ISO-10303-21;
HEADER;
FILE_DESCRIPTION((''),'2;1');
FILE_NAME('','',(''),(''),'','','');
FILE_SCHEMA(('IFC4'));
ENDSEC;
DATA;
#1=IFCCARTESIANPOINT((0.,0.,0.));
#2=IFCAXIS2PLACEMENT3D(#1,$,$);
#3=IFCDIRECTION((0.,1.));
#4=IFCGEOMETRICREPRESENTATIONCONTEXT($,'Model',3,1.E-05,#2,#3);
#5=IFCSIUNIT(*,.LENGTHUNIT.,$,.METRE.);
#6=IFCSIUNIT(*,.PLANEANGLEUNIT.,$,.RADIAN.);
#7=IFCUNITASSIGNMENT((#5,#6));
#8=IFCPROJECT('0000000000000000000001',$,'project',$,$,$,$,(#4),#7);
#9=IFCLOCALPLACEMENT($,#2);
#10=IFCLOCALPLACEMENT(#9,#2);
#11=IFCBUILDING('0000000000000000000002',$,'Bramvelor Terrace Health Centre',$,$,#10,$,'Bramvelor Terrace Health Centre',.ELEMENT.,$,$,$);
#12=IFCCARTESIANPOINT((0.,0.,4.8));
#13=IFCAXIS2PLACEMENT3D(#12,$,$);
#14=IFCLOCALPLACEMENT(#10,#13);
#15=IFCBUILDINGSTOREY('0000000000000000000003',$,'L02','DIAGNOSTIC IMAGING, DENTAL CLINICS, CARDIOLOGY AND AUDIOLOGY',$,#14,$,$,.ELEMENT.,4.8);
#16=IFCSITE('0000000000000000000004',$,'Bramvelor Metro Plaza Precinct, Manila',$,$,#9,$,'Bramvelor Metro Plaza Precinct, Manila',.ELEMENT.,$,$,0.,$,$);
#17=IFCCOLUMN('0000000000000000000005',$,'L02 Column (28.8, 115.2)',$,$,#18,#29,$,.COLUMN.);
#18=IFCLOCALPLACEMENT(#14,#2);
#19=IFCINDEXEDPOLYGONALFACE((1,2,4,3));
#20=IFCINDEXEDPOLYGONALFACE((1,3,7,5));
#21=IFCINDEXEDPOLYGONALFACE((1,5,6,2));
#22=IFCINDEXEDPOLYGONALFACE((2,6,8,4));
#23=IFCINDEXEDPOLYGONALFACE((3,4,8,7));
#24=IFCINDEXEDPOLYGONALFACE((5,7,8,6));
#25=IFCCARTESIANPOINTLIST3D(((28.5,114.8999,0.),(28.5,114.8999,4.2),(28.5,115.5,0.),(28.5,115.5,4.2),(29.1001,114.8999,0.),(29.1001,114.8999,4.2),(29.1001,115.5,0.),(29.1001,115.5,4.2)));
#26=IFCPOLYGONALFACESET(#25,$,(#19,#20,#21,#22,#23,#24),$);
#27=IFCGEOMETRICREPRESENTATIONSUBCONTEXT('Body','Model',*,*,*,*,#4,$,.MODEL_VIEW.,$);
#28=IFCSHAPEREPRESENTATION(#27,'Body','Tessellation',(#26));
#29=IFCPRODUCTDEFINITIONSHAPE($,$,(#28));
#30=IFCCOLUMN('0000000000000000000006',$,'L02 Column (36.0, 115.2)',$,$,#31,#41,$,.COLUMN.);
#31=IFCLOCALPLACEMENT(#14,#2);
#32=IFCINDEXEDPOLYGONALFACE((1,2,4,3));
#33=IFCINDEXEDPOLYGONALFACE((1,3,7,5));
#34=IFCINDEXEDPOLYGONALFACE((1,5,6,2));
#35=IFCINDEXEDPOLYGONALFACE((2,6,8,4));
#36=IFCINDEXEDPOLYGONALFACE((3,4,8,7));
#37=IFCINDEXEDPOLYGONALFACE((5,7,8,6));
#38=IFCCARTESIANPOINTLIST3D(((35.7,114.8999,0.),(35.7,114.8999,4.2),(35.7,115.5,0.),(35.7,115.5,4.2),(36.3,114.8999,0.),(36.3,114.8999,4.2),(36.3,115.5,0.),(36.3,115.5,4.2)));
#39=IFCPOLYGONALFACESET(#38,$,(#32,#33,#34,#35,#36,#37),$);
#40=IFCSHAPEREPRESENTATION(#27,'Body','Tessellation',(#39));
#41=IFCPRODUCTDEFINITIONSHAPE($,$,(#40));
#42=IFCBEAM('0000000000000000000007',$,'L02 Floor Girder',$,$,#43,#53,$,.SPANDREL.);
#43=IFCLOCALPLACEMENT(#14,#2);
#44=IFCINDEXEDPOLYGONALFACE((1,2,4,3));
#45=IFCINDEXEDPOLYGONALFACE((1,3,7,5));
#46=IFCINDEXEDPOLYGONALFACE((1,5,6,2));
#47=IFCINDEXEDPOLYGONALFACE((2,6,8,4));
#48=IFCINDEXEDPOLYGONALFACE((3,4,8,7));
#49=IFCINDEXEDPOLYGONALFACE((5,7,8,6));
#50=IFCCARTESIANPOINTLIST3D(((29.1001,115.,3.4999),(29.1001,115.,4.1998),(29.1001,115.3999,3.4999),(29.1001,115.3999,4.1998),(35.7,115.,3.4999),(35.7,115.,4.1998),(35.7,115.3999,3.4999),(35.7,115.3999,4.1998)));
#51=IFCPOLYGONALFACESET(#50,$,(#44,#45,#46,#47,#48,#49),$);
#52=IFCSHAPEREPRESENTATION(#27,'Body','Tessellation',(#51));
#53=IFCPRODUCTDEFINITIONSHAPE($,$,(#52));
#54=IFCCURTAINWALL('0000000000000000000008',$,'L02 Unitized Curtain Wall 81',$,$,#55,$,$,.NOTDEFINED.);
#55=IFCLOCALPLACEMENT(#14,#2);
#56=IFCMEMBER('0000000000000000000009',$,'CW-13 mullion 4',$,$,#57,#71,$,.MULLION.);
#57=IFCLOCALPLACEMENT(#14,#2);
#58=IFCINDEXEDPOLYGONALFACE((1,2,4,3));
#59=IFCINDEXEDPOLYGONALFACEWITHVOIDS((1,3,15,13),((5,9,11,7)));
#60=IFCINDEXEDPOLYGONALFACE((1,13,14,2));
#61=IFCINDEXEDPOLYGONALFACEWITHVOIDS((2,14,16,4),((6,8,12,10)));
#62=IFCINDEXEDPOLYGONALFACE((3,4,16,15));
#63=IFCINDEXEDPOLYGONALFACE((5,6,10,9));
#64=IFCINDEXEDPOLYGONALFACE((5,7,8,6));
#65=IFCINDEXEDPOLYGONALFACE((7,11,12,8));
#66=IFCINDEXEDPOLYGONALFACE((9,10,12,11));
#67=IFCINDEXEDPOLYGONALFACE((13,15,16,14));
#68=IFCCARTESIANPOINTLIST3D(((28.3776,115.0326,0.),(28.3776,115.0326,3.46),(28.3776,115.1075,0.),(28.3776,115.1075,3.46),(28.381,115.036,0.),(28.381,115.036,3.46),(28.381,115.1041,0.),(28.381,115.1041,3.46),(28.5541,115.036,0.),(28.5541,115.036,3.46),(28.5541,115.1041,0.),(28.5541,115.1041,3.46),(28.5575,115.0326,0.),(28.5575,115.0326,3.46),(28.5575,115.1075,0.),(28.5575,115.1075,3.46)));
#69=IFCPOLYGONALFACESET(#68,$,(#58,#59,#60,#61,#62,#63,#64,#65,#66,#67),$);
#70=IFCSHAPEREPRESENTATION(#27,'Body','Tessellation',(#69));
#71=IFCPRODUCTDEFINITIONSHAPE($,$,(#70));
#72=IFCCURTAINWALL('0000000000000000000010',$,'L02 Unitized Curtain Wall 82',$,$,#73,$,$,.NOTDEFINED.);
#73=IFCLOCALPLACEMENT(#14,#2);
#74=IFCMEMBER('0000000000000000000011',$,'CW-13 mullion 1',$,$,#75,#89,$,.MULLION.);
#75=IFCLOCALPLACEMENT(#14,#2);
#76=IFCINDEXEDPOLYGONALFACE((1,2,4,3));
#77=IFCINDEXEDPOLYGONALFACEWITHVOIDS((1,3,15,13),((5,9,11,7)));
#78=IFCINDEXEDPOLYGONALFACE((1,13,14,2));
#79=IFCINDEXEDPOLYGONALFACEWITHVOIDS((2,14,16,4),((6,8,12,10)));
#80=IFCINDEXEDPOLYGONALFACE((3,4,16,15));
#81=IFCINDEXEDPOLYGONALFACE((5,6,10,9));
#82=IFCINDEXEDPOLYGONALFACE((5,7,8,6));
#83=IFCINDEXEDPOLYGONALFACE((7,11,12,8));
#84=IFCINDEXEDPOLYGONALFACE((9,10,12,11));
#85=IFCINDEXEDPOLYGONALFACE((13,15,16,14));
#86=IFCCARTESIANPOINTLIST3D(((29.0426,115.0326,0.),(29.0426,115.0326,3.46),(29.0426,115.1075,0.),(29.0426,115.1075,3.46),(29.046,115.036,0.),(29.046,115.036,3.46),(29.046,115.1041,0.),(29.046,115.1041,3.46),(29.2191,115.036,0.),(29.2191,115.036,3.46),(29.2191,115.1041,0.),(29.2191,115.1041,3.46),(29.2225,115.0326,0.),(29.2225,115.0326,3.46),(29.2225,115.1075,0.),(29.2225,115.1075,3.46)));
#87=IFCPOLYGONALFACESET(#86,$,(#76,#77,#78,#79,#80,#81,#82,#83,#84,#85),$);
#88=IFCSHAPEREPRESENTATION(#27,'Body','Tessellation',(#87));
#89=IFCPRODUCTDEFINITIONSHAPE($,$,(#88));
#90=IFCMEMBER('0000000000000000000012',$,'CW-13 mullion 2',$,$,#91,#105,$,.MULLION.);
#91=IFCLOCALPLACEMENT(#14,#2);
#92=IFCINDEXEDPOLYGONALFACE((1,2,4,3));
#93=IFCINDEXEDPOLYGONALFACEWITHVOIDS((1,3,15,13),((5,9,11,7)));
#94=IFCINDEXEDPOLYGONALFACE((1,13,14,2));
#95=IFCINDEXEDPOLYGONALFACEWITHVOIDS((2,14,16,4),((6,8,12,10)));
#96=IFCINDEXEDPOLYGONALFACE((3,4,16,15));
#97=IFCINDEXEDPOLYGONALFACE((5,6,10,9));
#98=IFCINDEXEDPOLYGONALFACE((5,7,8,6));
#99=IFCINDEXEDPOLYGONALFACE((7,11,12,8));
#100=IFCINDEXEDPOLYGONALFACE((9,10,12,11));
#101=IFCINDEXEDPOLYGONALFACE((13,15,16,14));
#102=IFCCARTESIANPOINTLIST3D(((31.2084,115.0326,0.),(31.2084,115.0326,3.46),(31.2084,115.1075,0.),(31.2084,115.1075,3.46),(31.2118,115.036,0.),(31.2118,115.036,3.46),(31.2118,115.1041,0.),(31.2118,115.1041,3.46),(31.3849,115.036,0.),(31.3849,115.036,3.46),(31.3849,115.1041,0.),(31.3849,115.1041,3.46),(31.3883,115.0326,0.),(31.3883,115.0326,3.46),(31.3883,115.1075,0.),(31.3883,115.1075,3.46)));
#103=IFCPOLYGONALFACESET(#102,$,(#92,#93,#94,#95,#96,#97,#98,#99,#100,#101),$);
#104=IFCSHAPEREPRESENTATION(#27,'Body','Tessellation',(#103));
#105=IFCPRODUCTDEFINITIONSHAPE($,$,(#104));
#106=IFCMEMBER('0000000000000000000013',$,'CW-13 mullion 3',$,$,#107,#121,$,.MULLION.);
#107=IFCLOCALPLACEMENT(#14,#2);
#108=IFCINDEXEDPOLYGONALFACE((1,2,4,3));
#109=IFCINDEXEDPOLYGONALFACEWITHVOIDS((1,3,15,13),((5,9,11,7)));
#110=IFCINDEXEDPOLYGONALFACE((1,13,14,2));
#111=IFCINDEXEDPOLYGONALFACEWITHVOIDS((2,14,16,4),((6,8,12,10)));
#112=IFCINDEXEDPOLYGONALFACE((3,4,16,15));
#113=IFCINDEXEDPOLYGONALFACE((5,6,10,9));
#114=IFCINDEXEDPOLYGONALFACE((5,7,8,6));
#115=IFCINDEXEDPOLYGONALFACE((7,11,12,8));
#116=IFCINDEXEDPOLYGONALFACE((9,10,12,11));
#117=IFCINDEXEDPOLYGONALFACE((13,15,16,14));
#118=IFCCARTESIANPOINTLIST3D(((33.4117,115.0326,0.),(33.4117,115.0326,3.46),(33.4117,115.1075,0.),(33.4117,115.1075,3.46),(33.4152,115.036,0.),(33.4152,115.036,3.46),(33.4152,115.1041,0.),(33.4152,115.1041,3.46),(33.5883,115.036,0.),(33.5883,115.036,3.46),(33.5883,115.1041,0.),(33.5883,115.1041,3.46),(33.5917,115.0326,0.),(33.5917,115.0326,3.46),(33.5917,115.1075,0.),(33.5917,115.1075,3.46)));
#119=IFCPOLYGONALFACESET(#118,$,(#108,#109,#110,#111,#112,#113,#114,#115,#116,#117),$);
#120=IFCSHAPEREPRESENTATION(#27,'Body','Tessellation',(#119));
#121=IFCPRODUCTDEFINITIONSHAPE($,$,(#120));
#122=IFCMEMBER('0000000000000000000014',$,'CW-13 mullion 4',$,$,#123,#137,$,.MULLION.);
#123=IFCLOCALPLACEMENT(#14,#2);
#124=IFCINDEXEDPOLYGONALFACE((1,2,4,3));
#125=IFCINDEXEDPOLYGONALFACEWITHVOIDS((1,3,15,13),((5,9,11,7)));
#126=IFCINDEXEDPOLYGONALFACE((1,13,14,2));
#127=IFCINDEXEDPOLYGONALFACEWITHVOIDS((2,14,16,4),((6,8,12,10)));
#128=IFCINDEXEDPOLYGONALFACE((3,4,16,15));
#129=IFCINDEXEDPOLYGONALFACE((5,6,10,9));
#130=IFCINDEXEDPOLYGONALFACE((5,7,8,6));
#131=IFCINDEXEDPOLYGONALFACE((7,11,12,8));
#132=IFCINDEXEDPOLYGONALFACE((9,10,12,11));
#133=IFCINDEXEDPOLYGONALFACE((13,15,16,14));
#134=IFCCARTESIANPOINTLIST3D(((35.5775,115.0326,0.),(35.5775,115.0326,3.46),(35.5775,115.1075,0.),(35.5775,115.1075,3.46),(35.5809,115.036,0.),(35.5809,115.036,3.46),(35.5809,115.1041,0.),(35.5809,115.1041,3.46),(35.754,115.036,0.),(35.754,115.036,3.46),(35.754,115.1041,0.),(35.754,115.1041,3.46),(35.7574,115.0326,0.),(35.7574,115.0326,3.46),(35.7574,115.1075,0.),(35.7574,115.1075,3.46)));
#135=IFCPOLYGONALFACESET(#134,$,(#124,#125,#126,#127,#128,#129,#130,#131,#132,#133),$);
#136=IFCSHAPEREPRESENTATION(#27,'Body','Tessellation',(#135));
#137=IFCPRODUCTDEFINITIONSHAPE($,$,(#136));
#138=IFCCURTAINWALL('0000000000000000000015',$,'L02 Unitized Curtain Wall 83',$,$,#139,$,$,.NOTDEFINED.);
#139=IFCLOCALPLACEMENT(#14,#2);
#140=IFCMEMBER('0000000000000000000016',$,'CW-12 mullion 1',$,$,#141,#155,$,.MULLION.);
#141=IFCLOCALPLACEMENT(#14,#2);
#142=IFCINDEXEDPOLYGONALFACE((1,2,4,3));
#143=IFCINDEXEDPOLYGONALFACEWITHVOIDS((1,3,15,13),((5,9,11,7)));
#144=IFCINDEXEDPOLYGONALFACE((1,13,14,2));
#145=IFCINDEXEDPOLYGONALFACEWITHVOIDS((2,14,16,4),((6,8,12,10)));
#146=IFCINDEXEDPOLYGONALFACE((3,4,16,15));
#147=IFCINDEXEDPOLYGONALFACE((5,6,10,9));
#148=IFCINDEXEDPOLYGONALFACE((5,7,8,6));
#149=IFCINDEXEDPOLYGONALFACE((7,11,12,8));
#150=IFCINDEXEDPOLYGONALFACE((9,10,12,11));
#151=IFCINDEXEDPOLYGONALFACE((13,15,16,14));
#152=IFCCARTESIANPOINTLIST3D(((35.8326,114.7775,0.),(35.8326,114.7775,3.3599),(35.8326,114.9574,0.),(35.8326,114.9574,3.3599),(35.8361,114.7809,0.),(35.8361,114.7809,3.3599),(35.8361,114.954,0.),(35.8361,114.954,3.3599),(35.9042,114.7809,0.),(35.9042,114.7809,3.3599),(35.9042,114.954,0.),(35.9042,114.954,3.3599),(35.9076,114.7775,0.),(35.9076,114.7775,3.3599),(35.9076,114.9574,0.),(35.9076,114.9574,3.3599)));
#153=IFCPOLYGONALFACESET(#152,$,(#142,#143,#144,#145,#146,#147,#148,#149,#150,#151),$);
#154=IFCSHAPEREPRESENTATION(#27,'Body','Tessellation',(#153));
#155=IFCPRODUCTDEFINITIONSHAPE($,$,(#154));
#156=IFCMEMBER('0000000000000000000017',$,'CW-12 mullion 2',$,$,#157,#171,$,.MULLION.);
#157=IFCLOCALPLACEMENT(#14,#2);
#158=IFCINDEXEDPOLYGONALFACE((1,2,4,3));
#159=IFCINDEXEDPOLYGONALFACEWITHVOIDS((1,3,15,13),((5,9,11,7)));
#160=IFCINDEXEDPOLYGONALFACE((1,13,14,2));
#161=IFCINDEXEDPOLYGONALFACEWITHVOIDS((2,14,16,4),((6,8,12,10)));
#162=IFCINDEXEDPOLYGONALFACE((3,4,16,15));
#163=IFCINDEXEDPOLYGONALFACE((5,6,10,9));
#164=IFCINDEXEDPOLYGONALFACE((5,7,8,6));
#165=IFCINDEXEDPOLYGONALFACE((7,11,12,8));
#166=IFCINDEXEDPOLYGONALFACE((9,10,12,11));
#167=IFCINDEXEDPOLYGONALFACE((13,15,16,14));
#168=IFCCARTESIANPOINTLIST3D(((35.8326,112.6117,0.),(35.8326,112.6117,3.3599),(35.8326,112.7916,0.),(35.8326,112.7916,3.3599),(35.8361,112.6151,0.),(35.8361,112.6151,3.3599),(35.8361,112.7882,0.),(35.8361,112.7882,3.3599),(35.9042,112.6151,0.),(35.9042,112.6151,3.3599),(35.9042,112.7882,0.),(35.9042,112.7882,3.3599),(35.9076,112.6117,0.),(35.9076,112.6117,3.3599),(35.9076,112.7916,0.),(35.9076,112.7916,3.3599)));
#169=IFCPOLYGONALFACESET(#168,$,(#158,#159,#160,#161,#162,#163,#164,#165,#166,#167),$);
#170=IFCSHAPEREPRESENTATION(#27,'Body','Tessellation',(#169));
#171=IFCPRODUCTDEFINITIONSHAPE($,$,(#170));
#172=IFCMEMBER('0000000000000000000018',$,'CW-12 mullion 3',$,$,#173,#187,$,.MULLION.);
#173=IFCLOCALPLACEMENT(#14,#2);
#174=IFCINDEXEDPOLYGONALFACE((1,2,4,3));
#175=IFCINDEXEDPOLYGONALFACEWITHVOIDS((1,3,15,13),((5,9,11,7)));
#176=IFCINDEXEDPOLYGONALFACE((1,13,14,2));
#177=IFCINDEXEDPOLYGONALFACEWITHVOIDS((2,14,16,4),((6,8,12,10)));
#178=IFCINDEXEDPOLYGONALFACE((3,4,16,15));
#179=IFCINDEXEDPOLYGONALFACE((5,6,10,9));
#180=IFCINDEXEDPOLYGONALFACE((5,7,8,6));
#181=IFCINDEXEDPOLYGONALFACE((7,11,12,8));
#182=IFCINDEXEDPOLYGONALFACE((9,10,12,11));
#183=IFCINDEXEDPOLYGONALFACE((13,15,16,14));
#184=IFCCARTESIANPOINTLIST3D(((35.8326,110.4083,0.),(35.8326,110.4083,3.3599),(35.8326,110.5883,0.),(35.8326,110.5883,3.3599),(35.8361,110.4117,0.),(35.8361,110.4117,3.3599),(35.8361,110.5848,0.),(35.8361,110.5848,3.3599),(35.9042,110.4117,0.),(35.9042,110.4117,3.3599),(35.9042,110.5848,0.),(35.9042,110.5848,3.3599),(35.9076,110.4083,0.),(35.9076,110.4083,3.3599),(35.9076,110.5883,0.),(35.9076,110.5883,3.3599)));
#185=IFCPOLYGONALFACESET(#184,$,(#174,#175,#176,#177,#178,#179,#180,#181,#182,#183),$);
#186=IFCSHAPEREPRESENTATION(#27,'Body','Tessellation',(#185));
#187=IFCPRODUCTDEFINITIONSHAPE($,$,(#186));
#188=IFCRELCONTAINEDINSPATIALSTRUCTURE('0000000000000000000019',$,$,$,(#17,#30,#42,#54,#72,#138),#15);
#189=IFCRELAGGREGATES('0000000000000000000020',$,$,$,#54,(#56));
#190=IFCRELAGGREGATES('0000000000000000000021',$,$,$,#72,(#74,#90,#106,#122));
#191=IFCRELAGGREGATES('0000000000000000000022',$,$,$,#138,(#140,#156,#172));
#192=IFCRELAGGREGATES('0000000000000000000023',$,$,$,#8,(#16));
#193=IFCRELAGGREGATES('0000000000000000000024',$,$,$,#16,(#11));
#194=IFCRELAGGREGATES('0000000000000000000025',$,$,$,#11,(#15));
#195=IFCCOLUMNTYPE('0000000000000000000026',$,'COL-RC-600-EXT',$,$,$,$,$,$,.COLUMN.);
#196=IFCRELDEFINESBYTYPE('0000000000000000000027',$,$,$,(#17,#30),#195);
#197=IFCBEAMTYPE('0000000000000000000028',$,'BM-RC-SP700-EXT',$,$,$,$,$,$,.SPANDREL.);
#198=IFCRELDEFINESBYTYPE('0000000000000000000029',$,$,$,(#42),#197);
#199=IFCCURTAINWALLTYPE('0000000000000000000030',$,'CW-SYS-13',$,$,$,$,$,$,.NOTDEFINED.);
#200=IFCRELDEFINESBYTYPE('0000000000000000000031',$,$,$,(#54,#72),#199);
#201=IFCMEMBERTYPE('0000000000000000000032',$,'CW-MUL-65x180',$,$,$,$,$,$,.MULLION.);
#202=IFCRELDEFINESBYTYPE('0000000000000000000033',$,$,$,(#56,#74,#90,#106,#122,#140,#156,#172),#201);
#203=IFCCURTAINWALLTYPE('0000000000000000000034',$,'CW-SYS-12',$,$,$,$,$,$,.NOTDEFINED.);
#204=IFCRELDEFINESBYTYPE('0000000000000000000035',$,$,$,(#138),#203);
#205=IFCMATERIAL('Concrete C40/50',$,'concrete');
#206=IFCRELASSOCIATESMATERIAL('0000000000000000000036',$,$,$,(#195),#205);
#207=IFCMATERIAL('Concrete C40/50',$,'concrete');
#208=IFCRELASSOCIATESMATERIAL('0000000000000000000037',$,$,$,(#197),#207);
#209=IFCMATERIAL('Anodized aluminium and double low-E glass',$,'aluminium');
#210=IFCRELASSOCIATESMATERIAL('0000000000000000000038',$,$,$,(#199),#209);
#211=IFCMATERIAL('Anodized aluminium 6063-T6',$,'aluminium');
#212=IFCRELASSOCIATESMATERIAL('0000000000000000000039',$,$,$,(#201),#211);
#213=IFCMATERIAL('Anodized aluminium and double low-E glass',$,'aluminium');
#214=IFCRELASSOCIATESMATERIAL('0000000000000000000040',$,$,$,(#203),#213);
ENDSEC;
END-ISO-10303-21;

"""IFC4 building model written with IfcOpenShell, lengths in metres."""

from ifc_helpers import new_model, si_unit, direction, frame, origin, origin_2d, place, context, subcontext, project, spatial, rectangle, hollow_rectangle, extrude, material, material_profile, profile_set, type_object, element, aggregate, save


model = new_model("IFC4")

# Units and contexts
model_context = context("Model", 3, precision=1e-05, world=origin(), true_north=direction((0.0, 1.0)))
body_context = subcontext(model_context, "Body", "Model", "MODEL_VIEW")
ifc_project = project(units=[si_unit("LENGTHUNIT", "METRE"), si_unit("PLANEANGLEUNIT", "RADIAN")], contexts=[model_context])

# Site, building, storey
site_placement = place(None, origin())
site = spatial("IfcSite", under=ifc_project, at=site_placement, Name="Bramvelor Metro Plaza Precinct, Manila", LongName="Bramvelor Metro Plaza Precinct, Manila", CompositionType="ELEMENT", RefElevation=0.0)
building_placement = place(site_placement, origin())
building = spatial("IfcBuilding", under=site, at=building_placement, Name="Bramvelor Terrace Health Centre", LongName="Bramvelor Terrace Health Centre", CompositionType="ELEMENT")
storey_placement = place(building_placement, frame((0.0, 0.0, 4.8)))
storey = spatial("IfcBuildingStorey", under=building, at=storey_placement, Name="L02", Description="DIAGNOSTIC IMAGING, DENTAL CLINICS, CARDIOLOGY AND AUDIOLOGY", CompositionType="ELEMENT", Elevation=4.8)

# Columns
ifc_material_1 = material(Name="Concrete C40/50", Category="concrete")
ifc_material_profile_1 = material_profile(ifc_material_1, rectangle(XDim=0.6001, YDim=0.6001, at=origin_2d()), Name="RC 600x600")
ifc_profile_set_1 = profile_set([ifc_material_profile_1], Name="Concrete C40/50")
column_type = type_object("IfcColumnType", Name="COL-RC-600-EXT", PredefinedType="COLUMN", material=ifc_profile_set_1)
for number, where, z_axis, x_axis, name in (
    (1, (28.8, 115.2, 0.0), (0.0, 0.0, 1.0), (1.0, 0.0, 0.0), "L02 Column (28.8, 115.2)"),
    (2, (36.0, 115.2, 0.0), (0.0, 0.0, 1.0), (1.0, 0.0, 0.0), "L02 Column (36.0, 115.2)"),
):
    element("IfcColumn", number, at=place(storey_placement, frame(where, z_axis=z_axis, x_axis=x_axis)), inside=storey, type_object=column_type, Name=name, PredefinedType="COLUMN", context=body_context, shape_type="SweptSolid", body=[
        extrude(rectangle(XDim=0.6001, YDim=0.6001, at=origin_2d()), origin(), (0.0, 0.0, 1.0), 4.2),
    ])

# Beam
ifc_material_2 = material(Name="Concrete C40/50", Category="concrete")
ifc_material_profile_2 = material_profile(ifc_material_2, rectangle(XDim=0.3999, YDim=0.7, at=origin_2d()), Name="RC 400x700")
ifc_profile_set_2 = profile_set([ifc_material_profile_2], Name="Concrete C40/50")
beam_type = type_object("IfcBeamType", Name="BM-RC-SP700-EXT", PredefinedType="SPANDREL", material=ifc_profile_set_2)
beam_placement = place(storey_placement, frame((29.1001, 115.2, 3.8499), z_axis=(1.0, 0.0, 0.0), x_axis=(0.0, 1.0, 0.0)))
element("IfcBeam", 3, at=beam_placement, inside=storey, type_object=beam_type, Name="L02 Floor Girder", PredefinedType="SPANDREL", context=body_context, shape_type="SweptSolid", body=[
    extrude(rectangle(XDim=0.3999, YDim=0.7, at=origin_2d()), origin(), (0.0, 0.0, 1.0), 6.5999),
])

# Curtain wall, member
ifc_material_3 = material(Name="Anodized aluminium and double low-E glass", Category="aluminium")
curtain_wall_type_1 = type_object("IfcCurtainWallType", Name="CW-SYS-13", PredefinedType="NOTDEFINED", material=ifc_material_3)
curtain_wall_1_placement = place(storey_placement, origin())
curtain_wall_1 = element("IfcCurtainWall", 4, at=curtain_wall_1_placement, inside=storey, type_object=curtain_wall_type_1, Name="L02 Unitized Curtain Wall 81", PredefinedType="NOTDEFINED")
ifc_material_4 = material(Name="Anodized aluminium 6063-T6", Category="aluminium")
ifc_material_profile_3 = material_profile(ifc_material_4, hollow_rectangle(XDim=0.075, YDim=0.1799, WallThickness=0.0034, at=origin_2d()), Name="ALU-MUL 75x180x3.5")
ifc_profile_set_3 = profile_set([ifc_material_profile_3], Name="Anodized aluminium 6063-T6")
member_type_1 = type_object("IfcMemberType", Name="CW-MUL-65x180", PredefinedType="MULLION", material=ifc_profile_set_3)
member_1_placement = place(storey_placement, frame((28.4675, 115.0701, 0.0), z_axis=(0.0, 0.0, 1.0), x_axis=(0.0, 1.0, 0.0)))
member_1 = element("IfcMember", 5, at=member_1_placement, type_object=member_type_1, Name="CW-13 mullion 4", PredefinedType="MULLION", context=body_context, shape_type="SweptSolid", body=[
    extrude(hollow_rectangle(XDim=0.075, YDim=0.1799, WallThickness=0.0034, at=origin_2d()), origin(), (0.0, 0.0, 1.0), 3.46),
])

# Curtain walls, members
curtain_wall_2_placement = place(storey_placement, origin())
curtain_wall_2 = element("IfcCurtainWall", 6, at=curtain_wall_2_placement, inside=storey, type_object=curtain_wall_type_1, Name="L02 Unitized Curtain Wall 82", PredefinedType="NOTDEFINED")
member_2_placement = place(storey_placement, frame((29.1326, 115.0701, 0.0), z_axis=(0.0, 0.0, 1.0), x_axis=(0.0, 1.0, 0.0)))
member_2 = element("IfcMember", 7, at=member_2_placement, type_object=member_type_1, Name="CW-13 mullion 1", PredefinedType="MULLION", context=body_context, shape_type="SweptSolid", body=[
    extrude(hollow_rectangle(XDim=0.075, YDim=0.1799, WallThickness=0.0034, at=origin_2d()), origin(), (0.0, 0.0, 1.0), 3.46),
])
member_3_placement = place(storey_placement, frame((31.2983, 115.0701, 0.0), z_axis=(0.0, 0.0, 1.0), x_axis=(0.0, 1.0, 0.0)))
member_3 = element("IfcMember", 8, at=member_3_placement, type_object=member_type_1, Name="CW-13 mullion 2", PredefinedType="MULLION", context=body_context, shape_type="SweptSolid", body=[
    extrude(hollow_rectangle(XDim=0.075, YDim=0.1799, WallThickness=0.0034, at=origin_2d()), origin(), (0.0, 0.0, 1.0), 3.46),
])
member_4_placement = place(storey_placement, frame((33.5017, 115.0701, 0.0), z_axis=(0.0, 0.0, 1.0), x_axis=(0.0, 1.0, 0.0)))
member_4 = element("IfcMember", 9, at=member_4_placement, type_object=member_type_1, Name="CW-13 mullion 3", PredefinedType="MULLION", context=body_context, shape_type="SweptSolid", body=[
    extrude(hollow_rectangle(XDim=0.075, YDim=0.1799, WallThickness=0.0034, at=origin_2d()), origin(), (0.0, 0.0, 1.0), 3.46),
])
member_5_placement = place(storey_placement, frame((35.6675, 115.0701, 0.0), z_axis=(0.0, 0.0, 1.0), x_axis=(0.0, 1.0, 0.0)))
member_5 = element("IfcMember", 10, at=member_5_placement, type_object=member_type_1, Name="CW-13 mullion 4", PredefinedType="MULLION", context=body_context, shape_type="SweptSolid", body=[
    extrude(hollow_rectangle(XDim=0.075, YDim=0.1799, WallThickness=0.0034, at=origin_2d()), origin(), (0.0, 0.0, 1.0), 3.46),
])
ifc_material_5 = material(Name="Anodized aluminium and double low-E glass", Category="aluminium")
curtain_wall_type_2 = type_object("IfcCurtainWallType", Name="CW-SYS-12", PredefinedType="NOTDEFINED", material=ifc_material_5)
curtain_wall_3_placement = place(storey_placement, origin())
curtain_wall_3 = element("IfcCurtainWall", 11, at=curtain_wall_3_placement, inside=storey, type_object=curtain_wall_type_2, Name="L02 Unitized Curtain Wall 83", PredefinedType="NOTDEFINED")
member_6_placement = place(storey_placement, frame((35.8701, 114.8674, 0.0), z_axis=(0.0, 0.0, 1.0), x_axis=(1.0, 0.0, 0.0)))
member_6 = element("IfcMember", 12, at=member_6_placement, type_object=member_type_1, Name="CW-12 mullion 1", PredefinedType="MULLION", context=body_context, shape_type="SweptSolid", body=[
    extrude(hollow_rectangle(XDim=0.075, YDim=0.1799, WallThickness=0.0034, at=origin_2d()), origin(), (0.0, 0.0, 1.0), 3.3599),
])
member_7_placement = place(storey_placement, frame((35.8701, 112.7017, 0.0), z_axis=(0.0, 0.0, 1.0), x_axis=(1.0, 0.0, 0.0)))
member_7 = element("IfcMember", 13, at=member_7_placement, type_object=member_type_1, Name="CW-12 mullion 2", PredefinedType="MULLION", context=body_context, shape_type="SweptSolid", body=[
    extrude(hollow_rectangle(XDim=0.075, YDim=0.1799, WallThickness=0.0034, at=origin_2d()), origin(), (0.0, 0.0, 1.0), 3.3599),
])
member_8_placement = place(storey_placement, frame((35.8701, 110.4983, 0.0), z_axis=(0.0, 0.0, 1.0), x_axis=(1.0, 0.0, 0.0)))
member_8 = element("IfcMember", 14, at=member_8_placement, type_object=member_type_1, Name="CW-12 mullion 3", PredefinedType="MULLION", context=body_context, shape_type="SweptSolid", body=[
    extrude(hollow_rectangle(XDim=0.075, YDim=0.1799, WallThickness=0.0034, at=origin_2d()), origin(), (0.0, 0.0, 1.0), 3.3599),
])

aggregate(curtain_wall_1, [member_1])
aggregate(curtain_wall_2, [member_2, member_3, member_4, member_5])
aggregate(curtain_wall_3, [member_6, member_7, member_8])

save(model, "model.ifc")
